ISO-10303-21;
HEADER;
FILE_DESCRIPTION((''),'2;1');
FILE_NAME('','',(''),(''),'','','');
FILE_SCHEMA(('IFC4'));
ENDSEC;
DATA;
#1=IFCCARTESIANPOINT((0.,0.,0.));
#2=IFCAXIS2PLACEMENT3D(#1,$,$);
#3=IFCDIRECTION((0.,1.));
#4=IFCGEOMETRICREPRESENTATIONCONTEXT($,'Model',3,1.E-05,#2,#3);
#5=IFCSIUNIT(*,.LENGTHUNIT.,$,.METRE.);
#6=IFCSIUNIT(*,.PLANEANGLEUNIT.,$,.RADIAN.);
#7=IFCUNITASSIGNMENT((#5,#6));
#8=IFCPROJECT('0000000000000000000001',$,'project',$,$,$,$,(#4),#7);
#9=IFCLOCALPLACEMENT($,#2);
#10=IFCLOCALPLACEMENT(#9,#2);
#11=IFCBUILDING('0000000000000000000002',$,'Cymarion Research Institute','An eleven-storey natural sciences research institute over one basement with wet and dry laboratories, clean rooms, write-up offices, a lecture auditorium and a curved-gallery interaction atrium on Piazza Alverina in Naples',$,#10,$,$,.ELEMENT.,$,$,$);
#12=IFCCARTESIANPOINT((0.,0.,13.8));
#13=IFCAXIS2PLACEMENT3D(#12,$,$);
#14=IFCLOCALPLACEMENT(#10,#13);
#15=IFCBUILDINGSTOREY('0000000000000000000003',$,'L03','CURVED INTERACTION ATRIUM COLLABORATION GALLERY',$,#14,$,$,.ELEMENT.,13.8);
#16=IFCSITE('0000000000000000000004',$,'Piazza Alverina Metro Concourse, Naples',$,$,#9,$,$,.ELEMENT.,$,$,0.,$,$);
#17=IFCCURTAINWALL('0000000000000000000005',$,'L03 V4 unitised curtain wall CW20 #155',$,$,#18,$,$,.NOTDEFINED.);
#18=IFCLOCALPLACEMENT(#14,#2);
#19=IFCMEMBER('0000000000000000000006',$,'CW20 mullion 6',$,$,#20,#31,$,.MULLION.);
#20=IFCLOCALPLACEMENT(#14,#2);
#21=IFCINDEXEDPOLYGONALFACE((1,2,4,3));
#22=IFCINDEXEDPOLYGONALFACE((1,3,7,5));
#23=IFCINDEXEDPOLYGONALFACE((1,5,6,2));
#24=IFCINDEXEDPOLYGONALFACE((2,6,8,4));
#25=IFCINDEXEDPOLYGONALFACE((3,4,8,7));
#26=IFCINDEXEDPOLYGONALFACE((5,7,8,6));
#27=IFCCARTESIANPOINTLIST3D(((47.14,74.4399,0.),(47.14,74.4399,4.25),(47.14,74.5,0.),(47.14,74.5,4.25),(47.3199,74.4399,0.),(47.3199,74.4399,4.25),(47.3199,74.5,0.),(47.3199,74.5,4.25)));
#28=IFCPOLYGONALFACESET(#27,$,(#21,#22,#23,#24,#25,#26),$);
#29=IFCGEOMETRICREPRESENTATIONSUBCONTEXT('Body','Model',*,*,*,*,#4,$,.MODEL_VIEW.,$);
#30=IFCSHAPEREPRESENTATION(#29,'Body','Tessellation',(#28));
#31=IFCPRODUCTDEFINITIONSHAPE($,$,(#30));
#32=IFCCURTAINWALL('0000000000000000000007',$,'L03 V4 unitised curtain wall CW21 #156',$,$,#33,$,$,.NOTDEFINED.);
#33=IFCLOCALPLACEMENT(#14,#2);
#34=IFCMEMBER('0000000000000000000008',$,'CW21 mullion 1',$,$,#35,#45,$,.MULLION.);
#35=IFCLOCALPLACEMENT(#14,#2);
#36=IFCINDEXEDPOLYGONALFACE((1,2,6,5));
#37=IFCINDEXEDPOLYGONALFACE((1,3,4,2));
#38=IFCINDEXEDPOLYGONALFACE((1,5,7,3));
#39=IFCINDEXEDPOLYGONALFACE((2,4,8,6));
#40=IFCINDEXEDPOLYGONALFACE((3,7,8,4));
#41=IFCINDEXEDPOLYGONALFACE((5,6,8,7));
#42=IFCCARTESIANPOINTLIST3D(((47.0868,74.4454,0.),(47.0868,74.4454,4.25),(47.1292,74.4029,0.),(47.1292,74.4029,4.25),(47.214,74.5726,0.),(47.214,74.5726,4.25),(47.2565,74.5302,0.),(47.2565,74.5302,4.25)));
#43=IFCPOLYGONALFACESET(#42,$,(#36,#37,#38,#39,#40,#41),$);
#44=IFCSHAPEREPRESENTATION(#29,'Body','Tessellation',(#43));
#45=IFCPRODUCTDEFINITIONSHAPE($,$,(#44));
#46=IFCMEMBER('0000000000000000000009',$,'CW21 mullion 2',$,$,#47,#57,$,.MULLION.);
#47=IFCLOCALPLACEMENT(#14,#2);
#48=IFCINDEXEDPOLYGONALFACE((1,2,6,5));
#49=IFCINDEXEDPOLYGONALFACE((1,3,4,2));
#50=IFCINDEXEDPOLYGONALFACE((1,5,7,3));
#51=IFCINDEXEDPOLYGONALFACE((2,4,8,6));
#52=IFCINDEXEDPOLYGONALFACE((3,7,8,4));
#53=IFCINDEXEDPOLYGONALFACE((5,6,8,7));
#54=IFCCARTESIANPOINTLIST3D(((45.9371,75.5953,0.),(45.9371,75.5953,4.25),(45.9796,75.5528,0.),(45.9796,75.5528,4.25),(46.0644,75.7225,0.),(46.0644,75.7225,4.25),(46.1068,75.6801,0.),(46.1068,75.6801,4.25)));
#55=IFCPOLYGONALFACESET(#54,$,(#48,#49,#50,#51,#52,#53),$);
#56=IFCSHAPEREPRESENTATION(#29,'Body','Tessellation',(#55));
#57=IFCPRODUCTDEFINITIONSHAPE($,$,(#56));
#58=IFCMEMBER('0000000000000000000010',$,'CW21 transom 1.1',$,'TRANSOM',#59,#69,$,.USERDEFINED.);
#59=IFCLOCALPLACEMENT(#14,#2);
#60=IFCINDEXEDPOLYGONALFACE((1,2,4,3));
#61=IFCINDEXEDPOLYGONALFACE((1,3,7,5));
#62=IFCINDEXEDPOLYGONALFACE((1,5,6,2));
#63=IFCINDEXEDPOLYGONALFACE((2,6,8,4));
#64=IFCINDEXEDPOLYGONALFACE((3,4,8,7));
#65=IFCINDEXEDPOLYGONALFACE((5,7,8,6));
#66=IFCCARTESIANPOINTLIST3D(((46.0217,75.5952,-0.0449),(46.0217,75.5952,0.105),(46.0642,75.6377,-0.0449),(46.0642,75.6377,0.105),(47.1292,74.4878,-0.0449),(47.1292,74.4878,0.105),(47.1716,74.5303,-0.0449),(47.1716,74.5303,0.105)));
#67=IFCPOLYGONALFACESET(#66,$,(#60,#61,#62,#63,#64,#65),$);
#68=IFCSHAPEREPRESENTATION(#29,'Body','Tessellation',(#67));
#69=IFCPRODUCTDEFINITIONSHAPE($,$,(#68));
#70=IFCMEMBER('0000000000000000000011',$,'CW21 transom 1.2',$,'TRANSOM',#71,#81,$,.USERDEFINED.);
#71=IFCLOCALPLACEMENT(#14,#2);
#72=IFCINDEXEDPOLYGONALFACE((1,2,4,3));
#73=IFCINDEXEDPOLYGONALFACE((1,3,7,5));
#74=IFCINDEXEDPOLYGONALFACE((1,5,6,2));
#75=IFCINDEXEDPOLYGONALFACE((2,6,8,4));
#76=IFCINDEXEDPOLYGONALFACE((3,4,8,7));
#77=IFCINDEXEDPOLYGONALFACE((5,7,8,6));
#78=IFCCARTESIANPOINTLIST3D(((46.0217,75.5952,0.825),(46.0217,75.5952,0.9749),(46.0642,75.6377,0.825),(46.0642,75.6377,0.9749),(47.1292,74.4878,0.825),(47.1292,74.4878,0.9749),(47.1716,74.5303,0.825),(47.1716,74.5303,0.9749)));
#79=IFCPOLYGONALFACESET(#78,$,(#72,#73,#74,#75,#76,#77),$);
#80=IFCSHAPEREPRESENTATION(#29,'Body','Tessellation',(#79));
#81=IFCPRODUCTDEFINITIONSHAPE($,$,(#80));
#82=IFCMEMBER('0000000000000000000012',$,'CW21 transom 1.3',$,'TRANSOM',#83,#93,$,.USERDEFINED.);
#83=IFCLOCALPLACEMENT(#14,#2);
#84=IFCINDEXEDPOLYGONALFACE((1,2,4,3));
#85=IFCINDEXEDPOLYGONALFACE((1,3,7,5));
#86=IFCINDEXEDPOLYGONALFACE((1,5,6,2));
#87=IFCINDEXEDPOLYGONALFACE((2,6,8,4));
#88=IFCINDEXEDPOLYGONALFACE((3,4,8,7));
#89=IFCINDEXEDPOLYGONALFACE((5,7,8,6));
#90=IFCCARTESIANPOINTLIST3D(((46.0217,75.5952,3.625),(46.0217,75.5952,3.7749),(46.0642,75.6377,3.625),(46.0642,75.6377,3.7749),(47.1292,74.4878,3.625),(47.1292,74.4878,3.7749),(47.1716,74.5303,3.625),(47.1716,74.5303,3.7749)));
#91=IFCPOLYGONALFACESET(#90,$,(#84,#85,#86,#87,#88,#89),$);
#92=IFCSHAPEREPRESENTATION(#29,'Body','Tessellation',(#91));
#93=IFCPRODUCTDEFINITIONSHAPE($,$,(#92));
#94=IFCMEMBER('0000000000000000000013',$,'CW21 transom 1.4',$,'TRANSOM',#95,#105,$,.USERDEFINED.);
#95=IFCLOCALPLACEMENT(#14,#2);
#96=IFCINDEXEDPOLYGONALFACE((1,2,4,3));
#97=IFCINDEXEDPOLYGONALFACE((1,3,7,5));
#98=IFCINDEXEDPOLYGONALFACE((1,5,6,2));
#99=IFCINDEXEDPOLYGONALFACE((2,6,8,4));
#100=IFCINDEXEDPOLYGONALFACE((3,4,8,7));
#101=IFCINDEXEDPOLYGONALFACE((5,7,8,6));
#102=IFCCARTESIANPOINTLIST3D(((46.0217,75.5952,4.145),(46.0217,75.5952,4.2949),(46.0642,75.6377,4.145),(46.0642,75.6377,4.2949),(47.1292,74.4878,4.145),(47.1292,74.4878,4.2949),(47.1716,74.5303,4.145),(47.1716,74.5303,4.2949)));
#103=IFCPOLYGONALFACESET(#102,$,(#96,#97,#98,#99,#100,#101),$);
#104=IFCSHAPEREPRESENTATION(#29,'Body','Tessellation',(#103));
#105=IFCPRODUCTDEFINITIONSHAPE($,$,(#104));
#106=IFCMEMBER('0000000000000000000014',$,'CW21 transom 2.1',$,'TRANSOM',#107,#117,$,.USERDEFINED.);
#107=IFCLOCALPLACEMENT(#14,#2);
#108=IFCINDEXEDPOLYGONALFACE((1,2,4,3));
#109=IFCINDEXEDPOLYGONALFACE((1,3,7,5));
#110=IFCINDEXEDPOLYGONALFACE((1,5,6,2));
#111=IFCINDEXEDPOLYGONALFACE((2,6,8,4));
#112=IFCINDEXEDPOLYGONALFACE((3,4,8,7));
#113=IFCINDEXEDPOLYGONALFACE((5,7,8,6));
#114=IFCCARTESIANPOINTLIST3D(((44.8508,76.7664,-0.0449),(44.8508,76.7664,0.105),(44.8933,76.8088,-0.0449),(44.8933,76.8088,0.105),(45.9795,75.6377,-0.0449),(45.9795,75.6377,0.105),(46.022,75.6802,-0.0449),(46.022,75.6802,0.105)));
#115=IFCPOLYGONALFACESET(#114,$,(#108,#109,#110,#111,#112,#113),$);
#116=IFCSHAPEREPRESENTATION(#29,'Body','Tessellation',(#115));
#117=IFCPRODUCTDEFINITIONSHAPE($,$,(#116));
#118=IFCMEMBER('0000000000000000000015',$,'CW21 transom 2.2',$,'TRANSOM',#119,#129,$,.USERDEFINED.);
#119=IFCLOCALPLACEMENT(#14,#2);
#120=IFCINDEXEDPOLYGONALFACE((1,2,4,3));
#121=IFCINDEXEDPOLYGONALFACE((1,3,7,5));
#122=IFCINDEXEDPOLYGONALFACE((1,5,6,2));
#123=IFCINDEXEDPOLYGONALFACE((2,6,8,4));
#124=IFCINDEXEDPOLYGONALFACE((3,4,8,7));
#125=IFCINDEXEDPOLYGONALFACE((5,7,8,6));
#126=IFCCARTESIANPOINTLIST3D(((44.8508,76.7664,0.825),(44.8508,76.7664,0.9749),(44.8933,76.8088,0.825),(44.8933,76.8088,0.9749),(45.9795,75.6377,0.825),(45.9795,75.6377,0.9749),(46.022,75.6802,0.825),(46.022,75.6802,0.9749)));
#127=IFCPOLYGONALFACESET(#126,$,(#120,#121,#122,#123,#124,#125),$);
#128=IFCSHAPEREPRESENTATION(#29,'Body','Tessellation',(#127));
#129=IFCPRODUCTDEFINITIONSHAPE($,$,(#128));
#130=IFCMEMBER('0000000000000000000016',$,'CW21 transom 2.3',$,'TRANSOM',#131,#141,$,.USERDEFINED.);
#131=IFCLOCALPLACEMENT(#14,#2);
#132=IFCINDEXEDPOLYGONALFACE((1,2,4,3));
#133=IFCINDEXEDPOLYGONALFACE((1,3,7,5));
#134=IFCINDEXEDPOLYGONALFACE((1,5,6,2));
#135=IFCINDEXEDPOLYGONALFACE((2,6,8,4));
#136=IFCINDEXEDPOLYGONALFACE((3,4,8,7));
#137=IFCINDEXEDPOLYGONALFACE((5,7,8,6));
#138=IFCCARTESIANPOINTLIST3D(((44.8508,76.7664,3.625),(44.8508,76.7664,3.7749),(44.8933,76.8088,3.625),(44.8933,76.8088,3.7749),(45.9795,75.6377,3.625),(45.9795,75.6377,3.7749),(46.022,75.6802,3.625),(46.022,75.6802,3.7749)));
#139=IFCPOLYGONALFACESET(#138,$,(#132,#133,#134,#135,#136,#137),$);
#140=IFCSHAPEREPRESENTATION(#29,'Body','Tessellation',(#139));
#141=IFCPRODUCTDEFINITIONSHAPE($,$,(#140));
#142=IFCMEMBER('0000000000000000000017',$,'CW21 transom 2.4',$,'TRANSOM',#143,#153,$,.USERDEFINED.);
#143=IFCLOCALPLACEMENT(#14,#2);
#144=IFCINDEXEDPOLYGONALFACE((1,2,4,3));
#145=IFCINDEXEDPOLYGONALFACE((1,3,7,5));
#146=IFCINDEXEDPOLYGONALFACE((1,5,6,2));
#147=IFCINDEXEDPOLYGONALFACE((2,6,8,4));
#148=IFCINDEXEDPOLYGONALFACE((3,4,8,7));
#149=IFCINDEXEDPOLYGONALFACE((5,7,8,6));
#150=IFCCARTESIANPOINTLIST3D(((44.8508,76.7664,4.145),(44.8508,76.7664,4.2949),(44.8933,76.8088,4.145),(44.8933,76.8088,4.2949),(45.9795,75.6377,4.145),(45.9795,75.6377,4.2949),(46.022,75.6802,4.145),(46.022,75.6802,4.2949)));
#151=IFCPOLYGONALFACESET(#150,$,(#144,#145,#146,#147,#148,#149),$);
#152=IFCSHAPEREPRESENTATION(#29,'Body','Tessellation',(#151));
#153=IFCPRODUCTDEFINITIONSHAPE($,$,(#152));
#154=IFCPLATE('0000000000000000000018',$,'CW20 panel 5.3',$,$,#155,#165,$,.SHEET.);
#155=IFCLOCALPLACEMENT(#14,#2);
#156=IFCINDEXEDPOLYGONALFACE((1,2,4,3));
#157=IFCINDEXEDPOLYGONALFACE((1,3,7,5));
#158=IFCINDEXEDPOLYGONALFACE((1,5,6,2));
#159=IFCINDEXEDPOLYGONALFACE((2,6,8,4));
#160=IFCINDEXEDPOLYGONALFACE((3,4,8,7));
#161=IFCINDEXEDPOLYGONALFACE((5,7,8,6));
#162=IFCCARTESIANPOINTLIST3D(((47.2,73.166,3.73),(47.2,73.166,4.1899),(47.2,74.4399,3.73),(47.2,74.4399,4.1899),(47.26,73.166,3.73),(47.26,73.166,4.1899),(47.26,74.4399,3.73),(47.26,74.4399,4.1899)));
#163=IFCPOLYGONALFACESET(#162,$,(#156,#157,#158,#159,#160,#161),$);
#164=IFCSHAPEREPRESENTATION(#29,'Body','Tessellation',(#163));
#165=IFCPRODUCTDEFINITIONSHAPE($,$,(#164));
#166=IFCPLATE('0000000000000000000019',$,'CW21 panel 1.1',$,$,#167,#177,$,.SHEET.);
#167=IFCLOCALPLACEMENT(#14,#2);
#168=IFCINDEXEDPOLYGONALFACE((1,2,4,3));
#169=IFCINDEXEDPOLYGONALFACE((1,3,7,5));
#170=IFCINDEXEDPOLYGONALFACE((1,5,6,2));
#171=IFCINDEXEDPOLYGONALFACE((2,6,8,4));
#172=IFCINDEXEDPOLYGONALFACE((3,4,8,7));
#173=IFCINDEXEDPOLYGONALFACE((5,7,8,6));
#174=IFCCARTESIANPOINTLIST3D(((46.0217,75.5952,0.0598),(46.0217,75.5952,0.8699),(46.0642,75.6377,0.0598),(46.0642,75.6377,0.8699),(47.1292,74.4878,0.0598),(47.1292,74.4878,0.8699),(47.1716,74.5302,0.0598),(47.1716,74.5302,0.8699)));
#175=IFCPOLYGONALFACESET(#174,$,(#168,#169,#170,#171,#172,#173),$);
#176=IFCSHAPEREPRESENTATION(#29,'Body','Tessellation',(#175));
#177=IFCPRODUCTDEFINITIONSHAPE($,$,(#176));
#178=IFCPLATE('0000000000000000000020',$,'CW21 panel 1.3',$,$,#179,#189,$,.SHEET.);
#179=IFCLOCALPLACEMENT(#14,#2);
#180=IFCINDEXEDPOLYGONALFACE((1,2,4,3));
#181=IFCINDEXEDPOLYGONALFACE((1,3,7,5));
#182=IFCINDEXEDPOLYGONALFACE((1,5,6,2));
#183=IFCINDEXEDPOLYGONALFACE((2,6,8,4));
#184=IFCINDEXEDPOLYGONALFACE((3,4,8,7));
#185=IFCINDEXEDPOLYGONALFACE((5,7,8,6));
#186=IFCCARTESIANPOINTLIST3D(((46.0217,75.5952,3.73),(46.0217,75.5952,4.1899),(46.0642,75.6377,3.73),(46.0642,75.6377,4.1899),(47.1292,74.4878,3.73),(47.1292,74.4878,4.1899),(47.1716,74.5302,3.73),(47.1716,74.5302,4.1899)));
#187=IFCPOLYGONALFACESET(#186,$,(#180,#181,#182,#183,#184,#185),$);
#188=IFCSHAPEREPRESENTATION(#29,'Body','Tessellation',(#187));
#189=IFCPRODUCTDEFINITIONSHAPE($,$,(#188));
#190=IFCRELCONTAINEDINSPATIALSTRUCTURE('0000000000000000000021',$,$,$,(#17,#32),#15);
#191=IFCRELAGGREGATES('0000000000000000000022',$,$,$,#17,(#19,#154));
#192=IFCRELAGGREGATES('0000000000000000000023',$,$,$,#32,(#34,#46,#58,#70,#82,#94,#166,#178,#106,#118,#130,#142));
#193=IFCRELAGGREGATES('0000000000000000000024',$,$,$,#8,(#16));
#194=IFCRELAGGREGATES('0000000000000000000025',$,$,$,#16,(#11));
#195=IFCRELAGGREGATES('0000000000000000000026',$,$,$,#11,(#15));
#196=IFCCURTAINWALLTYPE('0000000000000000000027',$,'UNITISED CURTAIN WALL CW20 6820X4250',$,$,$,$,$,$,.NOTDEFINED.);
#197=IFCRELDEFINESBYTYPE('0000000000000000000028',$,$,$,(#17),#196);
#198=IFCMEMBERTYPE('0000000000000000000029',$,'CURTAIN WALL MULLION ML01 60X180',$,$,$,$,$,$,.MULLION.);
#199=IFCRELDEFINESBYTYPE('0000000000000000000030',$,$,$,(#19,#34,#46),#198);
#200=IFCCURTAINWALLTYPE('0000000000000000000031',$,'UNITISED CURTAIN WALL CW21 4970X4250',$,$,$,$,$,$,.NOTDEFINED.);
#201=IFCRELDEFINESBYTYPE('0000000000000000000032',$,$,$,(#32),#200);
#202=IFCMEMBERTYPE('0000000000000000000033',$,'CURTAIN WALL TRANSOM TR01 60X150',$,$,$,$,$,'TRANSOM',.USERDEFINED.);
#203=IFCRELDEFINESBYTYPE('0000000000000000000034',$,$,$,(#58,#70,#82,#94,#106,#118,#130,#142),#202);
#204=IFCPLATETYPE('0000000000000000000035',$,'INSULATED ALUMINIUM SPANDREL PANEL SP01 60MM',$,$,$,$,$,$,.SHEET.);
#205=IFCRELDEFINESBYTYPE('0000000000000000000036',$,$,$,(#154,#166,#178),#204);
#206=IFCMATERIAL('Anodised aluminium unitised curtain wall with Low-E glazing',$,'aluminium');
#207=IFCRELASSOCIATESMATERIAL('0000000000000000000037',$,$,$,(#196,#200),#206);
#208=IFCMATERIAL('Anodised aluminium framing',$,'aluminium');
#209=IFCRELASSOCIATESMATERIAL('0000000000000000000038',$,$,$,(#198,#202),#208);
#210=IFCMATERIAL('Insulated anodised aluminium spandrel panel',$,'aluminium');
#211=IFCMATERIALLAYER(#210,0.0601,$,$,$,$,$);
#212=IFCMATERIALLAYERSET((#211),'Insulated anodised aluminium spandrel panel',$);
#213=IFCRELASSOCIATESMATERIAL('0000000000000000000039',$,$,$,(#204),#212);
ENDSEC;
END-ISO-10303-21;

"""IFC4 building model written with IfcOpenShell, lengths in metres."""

from ifc_helpers import new_model, si_unit, direction, frame, origin, origin_2d, place, context, subcontext, project, spatial, rectangle, extrude, material, layer, layer_set, material_profile, profile_set, type_object, element, aggregate, save


model = new_model("IFC4")

# Units and contexts
model_context = context("Model", 3, precision=1e-05, world=origin(), true_north=direction((0.0, 1.0)))
body_context = subcontext(model_context, "Body", "Model", "MODEL_VIEW")
ifc_project = project(units=[si_unit("LENGTHUNIT", "METRE"), si_unit("PLANEANGLEUNIT", "RADIAN")], contexts=[model_context])

# Site, building, storey
site_placement = place(None, origin())
site = spatial("IfcSite", under=ifc_project, at=site_placement, Name="Piazza Alverina Metro Concourse, Naples", CompositionType="ELEMENT", RefElevation=0.0)
building_placement = place(site_placement, origin())
building = spatial("IfcBuilding", under=site, at=building_placement, Name="Cymarion Research Institute", Description="An eleven-storey natural sciences research institute over one basement with wet and dry laboratories, clean rooms, write-up offices, a lecture auditorium and a curved-gallery interaction atrium on Piazza Alverina in Naples", CompositionType="ELEMENT")
storey_placement = place(building_placement, frame((0.0, 0.0, 13.8)))
storey = spatial("IfcBuildingStorey", under=building, at=storey_placement, Name="L03", Description="CURVED INTERACTION ATRIUM COLLABORATION GALLERY", CompositionType="ELEMENT", Elevation=13.8)

# Curtain wall, member
ifc_material_1 = material(Name="Anodised aluminium unitised curtain wall with Low-E glazing", Category="aluminium")
curtain_wall_type_1 = type_object("IfcCurtainWallType", Name="UNITISED CURTAIN WALL CW20 6820X4250", PredefinedType="NOTDEFINED", material=ifc_material_1)
curtain_wall_1_placement = place(storey_placement, origin())
curtain_wall_1 = element("IfcCurtainWall", 1, at=curtain_wall_1_placement, inside=storey, type_object=curtain_wall_type_1, Name="L03 V4 unitised curtain wall CW20 #155", PredefinedType="NOTDEFINED")
ifc_material_2 = material(Name="Anodised aluminium framing", Category="aluminium")
ifc_material_profile_1 = material_profile(ifc_material_2, rectangle(XDim=0.0601, YDim=0.1799, at=origin_2d()), Name="ALU MULLION 60x180")
ifc_profile_set_1 = profile_set([ifc_material_profile_1], Name="Anodised aluminium framing")
member_type_1 = type_object("IfcMemberType", Name="CURTAIN WALL MULLION ML01 60X180", PredefinedType="MULLION", material=ifc_profile_set_1)
member_1_placement = place(storey_placement, frame((47.23, 74.47, 0.0), z_axis=(0.0, 0.0, 1.0), x_axis=(0.0, 1.0, 0.0)))
member_1 = element("IfcMember", 2, at=member_1_placement, type_object=member_type_1, Name="CW20 mullion 6", PredefinedType="MULLION", context=body_context, shape_type="SweptSolid", body=[
    extrude(rectangle(XDim=0.0601, YDim=0.1799, at=origin_2d()), origin(), (0.0, 0.0, 1.0), 4.25),
])

# Curtain wall, members
curtain_wall_type_2 = type_object("IfcCurtainWallType", Name="UNITISED CURTAIN WALL CW21 4970X4250", PredefinedType="NOTDEFINED", material=ifc_material_1)
curtain_wall_2_placement = place(storey_placement, origin())
curtain_wall_2 = element("IfcCurtainWall", 3, at=curtain_wall_2_placement, inside=storey, type_object=curtain_wall_type_2, Name="L03 V4 unitised curtain wall CW21 #156", PredefinedType="NOTDEFINED")
member_2_placement = place(storey_placement, frame((47.1716, 74.4878, 0.0), z_axis=(0.0, 0.0, 1.0), x_axis=(-0.707097, 0.707117, 0.0)))
member_2 = element("IfcMember", 4, at=member_2_placement, type_object=member_type_1, Name="CW21 mullion 1", PredefinedType="MULLION", context=body_context, shape_type="SweptSolid", body=[
    extrude(rectangle(XDim=0.0601, YDim=0.1799, at=origin_2d()), origin(), (0.0, 0.0, 1.0), 4.25),
])
member_3_placement = place(storey_placement, frame((46.022, 75.6377, 0.0), z_axis=(0.0, 0.0, 1.0), x_axis=(-0.707097, 0.707117, 0.0)))
member_3 = element("IfcMember", 5, at=member_3_placement, type_object=member_type_1, Name="CW21 mullion 2", PredefinedType="MULLION", context=body_context, shape_type="SweptSolid", body=[
    extrude(rectangle(XDim=0.0601, YDim=0.1799, at=origin_2d()), origin(), (0.0, 0.0, 1.0), 4.25),
])
ifc_material_profile_2 = material_profile(ifc_material_2, rectangle(XDim=0.0601, YDim=0.1499, at=origin_2d()), Name="ALU TRANSOM 60x150")
ifc_profile_set_2 = profile_set([ifc_material_profile_2], Name="Anodised aluminium framing")
member_type_2 = type_object("IfcMemberType", Name="CURTAIN WALL TRANSOM TR01 60X150", ElementType="TRANSOM", PredefinedType="USERDEFINED", material=ifc_profile_set_2)
member_4_placement = place(storey_placement, frame((47.1504, 74.509, 0.03), z_axis=(-0.707107, 0.707107, 0.0), x_axis=(-0.707107, -0.707107, 0.0)))
member_4 = element("IfcMember", 6, at=member_4_placement, type_object=member_type_2, Name="CW21 transom 1.1", ObjectType="TRANSOM", PredefinedType="USERDEFINED", context=body_context, shape_type="SweptSolid", body=[
    extrude(rectangle(XDim=0.0601, YDim=0.1499, at=origin_2d()), origin(), (0.0, 0.0, 1.0), 1.5662),
])
member_5_placement = place(storey_placement, frame((47.1504, 74.509, 0.8999), z_axis=(-0.707107, 0.707107, 0.0), x_axis=(-0.707107, -0.707107, 0.0)))
member_5 = element("IfcMember", 7, at=member_5_placement, type_object=member_type_2, Name="CW21 transom 1.2", ObjectType="TRANSOM", PredefinedType="USERDEFINED", context=body_context, shape_type="SweptSolid", body=[
    extrude(rectangle(XDim=0.0601, YDim=0.1499, at=origin_2d()), origin(), (0.0, 0.0, 1.0), 1.5662),
])
member_6_placement = place(storey_placement, frame((47.1504, 74.509, 3.7), z_axis=(-0.707107, 0.707107, 0.0), x_axis=(-0.707107, -0.707107, 0.0)))
member_6 = element("IfcMember", 8, at=member_6_placement, type_object=member_type_2, Name="CW21 transom 1.3", ObjectType="TRANSOM", PredefinedType="USERDEFINED", context=body_context, shape_type="SweptSolid", body=[
    extrude(rectangle(XDim=0.0601, YDim=0.1499, at=origin_2d()), origin(), (0.0, 0.0, 1.0), 1.5662),
])
member_7_placement = place(storey_placement, frame((47.1504, 74.509, 4.22), z_axis=(-0.707107, 0.707107, 0.0), x_axis=(-0.707107, -0.707107, 0.0)))
member_7 = element("IfcMember", 9, at=member_7_placement, type_object=member_type_2, Name="CW21 transom 1.4", ObjectType="TRANSOM", PredefinedType="USERDEFINED", context=body_context, shape_type="SweptSolid", body=[
    extrude(rectangle(XDim=0.0601, YDim=0.1499, at=origin_2d()), origin(), (0.0, 0.0, 1.0), 1.5662),
])
member_8_placement = place(storey_placement, frame((46.0007, 75.6589, 0.03), z_axis=(-0.707107, 0.707107, 0.0), x_axis=(-0.707107, -0.707107, 0.0)))
member_8 = element("IfcMember", 10, at=member_8_placement, type_object=member_type_2, Name="CW21 transom 2.1", ObjectType="TRANSOM", PredefinedType="USERDEFINED", context=body_context, shape_type="SweptSolid", body=[
    extrude(rectangle(XDim=0.0601, YDim=0.1499, at=origin_2d()), origin(), (0.0, 0.0, 1.0), 1.5962),
])
member_9_placement = place(storey_placement, frame((46.0007, 75.6589, 0.8999), z_axis=(-0.707107, 0.707107, 0.0), x_axis=(-0.707107, -0.707107, 0.0)))
member_9 = element("IfcMember", 11, at=member_9_placement, type_object=member_type_2, Name="CW21 transom 2.2", ObjectType="TRANSOM", PredefinedType="USERDEFINED", context=body_context, shape_type="SweptSolid", body=[
    extrude(rectangle(XDim=0.0601, YDim=0.1499, at=origin_2d()), origin(), (0.0, 0.0, 1.0), 1.5962),
])
member_10_placement = place(storey_placement, frame((46.0007, 75.6589, 3.7), z_axis=(-0.707107, 0.707107, 0.0), x_axis=(-0.707107, -0.707107, 0.0)))
member_10 = element("IfcMember", 12, at=member_10_placement, type_object=member_type_2, Name="CW21 transom 2.3", ObjectType="TRANSOM", PredefinedType="USERDEFINED", context=body_context, shape_type="SweptSolid", body=[
    extrude(rectangle(XDim=0.0601, YDim=0.1499, at=origin_2d()), origin(), (0.0, 0.0, 1.0), 1.5962),
])
member_11_placement = place(storey_placement, frame((46.0007, 75.6589, 4.22), z_axis=(-0.707107, 0.707107, 0.0), x_axis=(-0.707107, -0.707107, 0.0)))
member_11 = element("IfcMember", 13, at=member_11_placement, type_object=member_type_2, Name="CW21 transom 2.4", ObjectType="TRANSOM", PredefinedType="USERDEFINED", context=body_context, shape_type="SweptSolid", body=[
    extrude(rectangle(XDim=0.0601, YDim=0.1499, at=origin_2d()), origin(), (0.0, 0.0, 1.0), 1.5962),
])

# Plates
ifc_material_3 = material(Name="Insulated anodised aluminium spandrel panel", Category="aluminium")
ifc_layer_1 = layer(ifc_material_3, 0.0601)
ifc_layer_set_1 = layer_set([ifc_layer_1], Name="Insulated anodised aluminium spandrel panel")
plate_type_1 = type_object("IfcPlateType", Name="INSULATED ALUMINIUM SPANDREL PANEL SP01 60MM", PredefinedType="SHEET", material=ifc_layer_set_1)
plate_1_placement = place(storey_placement, frame((47.23, 73.803, 3.73), z_axis=(0.0, 0.0, 1.0), x_axis=(0.0, 1.0, 0.0)))
plate_1 = element("IfcPlate", 14, at=plate_1_placement, type_object=plate_type_1, Name="CW20 panel 5.3", PredefinedType="SHEET", context=body_context, shape_type="SweptSolid", body=[
    extrude(rectangle(XDim=1.2739, YDim=0.0601, at=origin_2d()), origin(), (0.0, 0.0, 1.0), 0.46),
])
plate_2_placement = place(storey_placement, frame((46.5967, 75.0627, 0.0598), z_axis=(0.0, 0.0, 1.0), x_axis=(-0.707097, 0.707117, 0.0)))
plate_2 = element("IfcPlate", 15, at=plate_2_placement, type_object=plate_type_1, Name="CW21 panel 1.1", PredefinedType="SHEET", context=body_context, shape_type="SweptSolid", body=[
    extrude(rectangle(XDim=1.5662, YDim=0.0601, at=origin_2d()), origin(), (0.0, 0.0, 1.0), 0.8101),
])
plate_3_placement = place(storey_placement, frame((46.5967, 75.0627, 3.73), z_axis=(0.0, 0.0, 1.0), x_axis=(-0.707097, 0.707117, 0.0)))
plate_3 = element("IfcPlate", 16, at=plate_3_placement, type_object=plate_type_1, Name="CW21 panel 1.3", PredefinedType="SHEET", context=body_context, shape_type="SweptSolid", body=[
    extrude(rectangle(XDim=1.5662, YDim=0.0601, at=origin_2d()), origin(), (0.0, 0.0, 1.0), 0.46),
])
aggregate(curtain_wall_1, [member_1, plate_1])
aggregate(curtain_wall_2, [member_2, member_3, member_4, member_5, member_6, member_7, plate_2, plate_3, member_8, member_9, member_10, member_11])

save(model, "model.ifc")
